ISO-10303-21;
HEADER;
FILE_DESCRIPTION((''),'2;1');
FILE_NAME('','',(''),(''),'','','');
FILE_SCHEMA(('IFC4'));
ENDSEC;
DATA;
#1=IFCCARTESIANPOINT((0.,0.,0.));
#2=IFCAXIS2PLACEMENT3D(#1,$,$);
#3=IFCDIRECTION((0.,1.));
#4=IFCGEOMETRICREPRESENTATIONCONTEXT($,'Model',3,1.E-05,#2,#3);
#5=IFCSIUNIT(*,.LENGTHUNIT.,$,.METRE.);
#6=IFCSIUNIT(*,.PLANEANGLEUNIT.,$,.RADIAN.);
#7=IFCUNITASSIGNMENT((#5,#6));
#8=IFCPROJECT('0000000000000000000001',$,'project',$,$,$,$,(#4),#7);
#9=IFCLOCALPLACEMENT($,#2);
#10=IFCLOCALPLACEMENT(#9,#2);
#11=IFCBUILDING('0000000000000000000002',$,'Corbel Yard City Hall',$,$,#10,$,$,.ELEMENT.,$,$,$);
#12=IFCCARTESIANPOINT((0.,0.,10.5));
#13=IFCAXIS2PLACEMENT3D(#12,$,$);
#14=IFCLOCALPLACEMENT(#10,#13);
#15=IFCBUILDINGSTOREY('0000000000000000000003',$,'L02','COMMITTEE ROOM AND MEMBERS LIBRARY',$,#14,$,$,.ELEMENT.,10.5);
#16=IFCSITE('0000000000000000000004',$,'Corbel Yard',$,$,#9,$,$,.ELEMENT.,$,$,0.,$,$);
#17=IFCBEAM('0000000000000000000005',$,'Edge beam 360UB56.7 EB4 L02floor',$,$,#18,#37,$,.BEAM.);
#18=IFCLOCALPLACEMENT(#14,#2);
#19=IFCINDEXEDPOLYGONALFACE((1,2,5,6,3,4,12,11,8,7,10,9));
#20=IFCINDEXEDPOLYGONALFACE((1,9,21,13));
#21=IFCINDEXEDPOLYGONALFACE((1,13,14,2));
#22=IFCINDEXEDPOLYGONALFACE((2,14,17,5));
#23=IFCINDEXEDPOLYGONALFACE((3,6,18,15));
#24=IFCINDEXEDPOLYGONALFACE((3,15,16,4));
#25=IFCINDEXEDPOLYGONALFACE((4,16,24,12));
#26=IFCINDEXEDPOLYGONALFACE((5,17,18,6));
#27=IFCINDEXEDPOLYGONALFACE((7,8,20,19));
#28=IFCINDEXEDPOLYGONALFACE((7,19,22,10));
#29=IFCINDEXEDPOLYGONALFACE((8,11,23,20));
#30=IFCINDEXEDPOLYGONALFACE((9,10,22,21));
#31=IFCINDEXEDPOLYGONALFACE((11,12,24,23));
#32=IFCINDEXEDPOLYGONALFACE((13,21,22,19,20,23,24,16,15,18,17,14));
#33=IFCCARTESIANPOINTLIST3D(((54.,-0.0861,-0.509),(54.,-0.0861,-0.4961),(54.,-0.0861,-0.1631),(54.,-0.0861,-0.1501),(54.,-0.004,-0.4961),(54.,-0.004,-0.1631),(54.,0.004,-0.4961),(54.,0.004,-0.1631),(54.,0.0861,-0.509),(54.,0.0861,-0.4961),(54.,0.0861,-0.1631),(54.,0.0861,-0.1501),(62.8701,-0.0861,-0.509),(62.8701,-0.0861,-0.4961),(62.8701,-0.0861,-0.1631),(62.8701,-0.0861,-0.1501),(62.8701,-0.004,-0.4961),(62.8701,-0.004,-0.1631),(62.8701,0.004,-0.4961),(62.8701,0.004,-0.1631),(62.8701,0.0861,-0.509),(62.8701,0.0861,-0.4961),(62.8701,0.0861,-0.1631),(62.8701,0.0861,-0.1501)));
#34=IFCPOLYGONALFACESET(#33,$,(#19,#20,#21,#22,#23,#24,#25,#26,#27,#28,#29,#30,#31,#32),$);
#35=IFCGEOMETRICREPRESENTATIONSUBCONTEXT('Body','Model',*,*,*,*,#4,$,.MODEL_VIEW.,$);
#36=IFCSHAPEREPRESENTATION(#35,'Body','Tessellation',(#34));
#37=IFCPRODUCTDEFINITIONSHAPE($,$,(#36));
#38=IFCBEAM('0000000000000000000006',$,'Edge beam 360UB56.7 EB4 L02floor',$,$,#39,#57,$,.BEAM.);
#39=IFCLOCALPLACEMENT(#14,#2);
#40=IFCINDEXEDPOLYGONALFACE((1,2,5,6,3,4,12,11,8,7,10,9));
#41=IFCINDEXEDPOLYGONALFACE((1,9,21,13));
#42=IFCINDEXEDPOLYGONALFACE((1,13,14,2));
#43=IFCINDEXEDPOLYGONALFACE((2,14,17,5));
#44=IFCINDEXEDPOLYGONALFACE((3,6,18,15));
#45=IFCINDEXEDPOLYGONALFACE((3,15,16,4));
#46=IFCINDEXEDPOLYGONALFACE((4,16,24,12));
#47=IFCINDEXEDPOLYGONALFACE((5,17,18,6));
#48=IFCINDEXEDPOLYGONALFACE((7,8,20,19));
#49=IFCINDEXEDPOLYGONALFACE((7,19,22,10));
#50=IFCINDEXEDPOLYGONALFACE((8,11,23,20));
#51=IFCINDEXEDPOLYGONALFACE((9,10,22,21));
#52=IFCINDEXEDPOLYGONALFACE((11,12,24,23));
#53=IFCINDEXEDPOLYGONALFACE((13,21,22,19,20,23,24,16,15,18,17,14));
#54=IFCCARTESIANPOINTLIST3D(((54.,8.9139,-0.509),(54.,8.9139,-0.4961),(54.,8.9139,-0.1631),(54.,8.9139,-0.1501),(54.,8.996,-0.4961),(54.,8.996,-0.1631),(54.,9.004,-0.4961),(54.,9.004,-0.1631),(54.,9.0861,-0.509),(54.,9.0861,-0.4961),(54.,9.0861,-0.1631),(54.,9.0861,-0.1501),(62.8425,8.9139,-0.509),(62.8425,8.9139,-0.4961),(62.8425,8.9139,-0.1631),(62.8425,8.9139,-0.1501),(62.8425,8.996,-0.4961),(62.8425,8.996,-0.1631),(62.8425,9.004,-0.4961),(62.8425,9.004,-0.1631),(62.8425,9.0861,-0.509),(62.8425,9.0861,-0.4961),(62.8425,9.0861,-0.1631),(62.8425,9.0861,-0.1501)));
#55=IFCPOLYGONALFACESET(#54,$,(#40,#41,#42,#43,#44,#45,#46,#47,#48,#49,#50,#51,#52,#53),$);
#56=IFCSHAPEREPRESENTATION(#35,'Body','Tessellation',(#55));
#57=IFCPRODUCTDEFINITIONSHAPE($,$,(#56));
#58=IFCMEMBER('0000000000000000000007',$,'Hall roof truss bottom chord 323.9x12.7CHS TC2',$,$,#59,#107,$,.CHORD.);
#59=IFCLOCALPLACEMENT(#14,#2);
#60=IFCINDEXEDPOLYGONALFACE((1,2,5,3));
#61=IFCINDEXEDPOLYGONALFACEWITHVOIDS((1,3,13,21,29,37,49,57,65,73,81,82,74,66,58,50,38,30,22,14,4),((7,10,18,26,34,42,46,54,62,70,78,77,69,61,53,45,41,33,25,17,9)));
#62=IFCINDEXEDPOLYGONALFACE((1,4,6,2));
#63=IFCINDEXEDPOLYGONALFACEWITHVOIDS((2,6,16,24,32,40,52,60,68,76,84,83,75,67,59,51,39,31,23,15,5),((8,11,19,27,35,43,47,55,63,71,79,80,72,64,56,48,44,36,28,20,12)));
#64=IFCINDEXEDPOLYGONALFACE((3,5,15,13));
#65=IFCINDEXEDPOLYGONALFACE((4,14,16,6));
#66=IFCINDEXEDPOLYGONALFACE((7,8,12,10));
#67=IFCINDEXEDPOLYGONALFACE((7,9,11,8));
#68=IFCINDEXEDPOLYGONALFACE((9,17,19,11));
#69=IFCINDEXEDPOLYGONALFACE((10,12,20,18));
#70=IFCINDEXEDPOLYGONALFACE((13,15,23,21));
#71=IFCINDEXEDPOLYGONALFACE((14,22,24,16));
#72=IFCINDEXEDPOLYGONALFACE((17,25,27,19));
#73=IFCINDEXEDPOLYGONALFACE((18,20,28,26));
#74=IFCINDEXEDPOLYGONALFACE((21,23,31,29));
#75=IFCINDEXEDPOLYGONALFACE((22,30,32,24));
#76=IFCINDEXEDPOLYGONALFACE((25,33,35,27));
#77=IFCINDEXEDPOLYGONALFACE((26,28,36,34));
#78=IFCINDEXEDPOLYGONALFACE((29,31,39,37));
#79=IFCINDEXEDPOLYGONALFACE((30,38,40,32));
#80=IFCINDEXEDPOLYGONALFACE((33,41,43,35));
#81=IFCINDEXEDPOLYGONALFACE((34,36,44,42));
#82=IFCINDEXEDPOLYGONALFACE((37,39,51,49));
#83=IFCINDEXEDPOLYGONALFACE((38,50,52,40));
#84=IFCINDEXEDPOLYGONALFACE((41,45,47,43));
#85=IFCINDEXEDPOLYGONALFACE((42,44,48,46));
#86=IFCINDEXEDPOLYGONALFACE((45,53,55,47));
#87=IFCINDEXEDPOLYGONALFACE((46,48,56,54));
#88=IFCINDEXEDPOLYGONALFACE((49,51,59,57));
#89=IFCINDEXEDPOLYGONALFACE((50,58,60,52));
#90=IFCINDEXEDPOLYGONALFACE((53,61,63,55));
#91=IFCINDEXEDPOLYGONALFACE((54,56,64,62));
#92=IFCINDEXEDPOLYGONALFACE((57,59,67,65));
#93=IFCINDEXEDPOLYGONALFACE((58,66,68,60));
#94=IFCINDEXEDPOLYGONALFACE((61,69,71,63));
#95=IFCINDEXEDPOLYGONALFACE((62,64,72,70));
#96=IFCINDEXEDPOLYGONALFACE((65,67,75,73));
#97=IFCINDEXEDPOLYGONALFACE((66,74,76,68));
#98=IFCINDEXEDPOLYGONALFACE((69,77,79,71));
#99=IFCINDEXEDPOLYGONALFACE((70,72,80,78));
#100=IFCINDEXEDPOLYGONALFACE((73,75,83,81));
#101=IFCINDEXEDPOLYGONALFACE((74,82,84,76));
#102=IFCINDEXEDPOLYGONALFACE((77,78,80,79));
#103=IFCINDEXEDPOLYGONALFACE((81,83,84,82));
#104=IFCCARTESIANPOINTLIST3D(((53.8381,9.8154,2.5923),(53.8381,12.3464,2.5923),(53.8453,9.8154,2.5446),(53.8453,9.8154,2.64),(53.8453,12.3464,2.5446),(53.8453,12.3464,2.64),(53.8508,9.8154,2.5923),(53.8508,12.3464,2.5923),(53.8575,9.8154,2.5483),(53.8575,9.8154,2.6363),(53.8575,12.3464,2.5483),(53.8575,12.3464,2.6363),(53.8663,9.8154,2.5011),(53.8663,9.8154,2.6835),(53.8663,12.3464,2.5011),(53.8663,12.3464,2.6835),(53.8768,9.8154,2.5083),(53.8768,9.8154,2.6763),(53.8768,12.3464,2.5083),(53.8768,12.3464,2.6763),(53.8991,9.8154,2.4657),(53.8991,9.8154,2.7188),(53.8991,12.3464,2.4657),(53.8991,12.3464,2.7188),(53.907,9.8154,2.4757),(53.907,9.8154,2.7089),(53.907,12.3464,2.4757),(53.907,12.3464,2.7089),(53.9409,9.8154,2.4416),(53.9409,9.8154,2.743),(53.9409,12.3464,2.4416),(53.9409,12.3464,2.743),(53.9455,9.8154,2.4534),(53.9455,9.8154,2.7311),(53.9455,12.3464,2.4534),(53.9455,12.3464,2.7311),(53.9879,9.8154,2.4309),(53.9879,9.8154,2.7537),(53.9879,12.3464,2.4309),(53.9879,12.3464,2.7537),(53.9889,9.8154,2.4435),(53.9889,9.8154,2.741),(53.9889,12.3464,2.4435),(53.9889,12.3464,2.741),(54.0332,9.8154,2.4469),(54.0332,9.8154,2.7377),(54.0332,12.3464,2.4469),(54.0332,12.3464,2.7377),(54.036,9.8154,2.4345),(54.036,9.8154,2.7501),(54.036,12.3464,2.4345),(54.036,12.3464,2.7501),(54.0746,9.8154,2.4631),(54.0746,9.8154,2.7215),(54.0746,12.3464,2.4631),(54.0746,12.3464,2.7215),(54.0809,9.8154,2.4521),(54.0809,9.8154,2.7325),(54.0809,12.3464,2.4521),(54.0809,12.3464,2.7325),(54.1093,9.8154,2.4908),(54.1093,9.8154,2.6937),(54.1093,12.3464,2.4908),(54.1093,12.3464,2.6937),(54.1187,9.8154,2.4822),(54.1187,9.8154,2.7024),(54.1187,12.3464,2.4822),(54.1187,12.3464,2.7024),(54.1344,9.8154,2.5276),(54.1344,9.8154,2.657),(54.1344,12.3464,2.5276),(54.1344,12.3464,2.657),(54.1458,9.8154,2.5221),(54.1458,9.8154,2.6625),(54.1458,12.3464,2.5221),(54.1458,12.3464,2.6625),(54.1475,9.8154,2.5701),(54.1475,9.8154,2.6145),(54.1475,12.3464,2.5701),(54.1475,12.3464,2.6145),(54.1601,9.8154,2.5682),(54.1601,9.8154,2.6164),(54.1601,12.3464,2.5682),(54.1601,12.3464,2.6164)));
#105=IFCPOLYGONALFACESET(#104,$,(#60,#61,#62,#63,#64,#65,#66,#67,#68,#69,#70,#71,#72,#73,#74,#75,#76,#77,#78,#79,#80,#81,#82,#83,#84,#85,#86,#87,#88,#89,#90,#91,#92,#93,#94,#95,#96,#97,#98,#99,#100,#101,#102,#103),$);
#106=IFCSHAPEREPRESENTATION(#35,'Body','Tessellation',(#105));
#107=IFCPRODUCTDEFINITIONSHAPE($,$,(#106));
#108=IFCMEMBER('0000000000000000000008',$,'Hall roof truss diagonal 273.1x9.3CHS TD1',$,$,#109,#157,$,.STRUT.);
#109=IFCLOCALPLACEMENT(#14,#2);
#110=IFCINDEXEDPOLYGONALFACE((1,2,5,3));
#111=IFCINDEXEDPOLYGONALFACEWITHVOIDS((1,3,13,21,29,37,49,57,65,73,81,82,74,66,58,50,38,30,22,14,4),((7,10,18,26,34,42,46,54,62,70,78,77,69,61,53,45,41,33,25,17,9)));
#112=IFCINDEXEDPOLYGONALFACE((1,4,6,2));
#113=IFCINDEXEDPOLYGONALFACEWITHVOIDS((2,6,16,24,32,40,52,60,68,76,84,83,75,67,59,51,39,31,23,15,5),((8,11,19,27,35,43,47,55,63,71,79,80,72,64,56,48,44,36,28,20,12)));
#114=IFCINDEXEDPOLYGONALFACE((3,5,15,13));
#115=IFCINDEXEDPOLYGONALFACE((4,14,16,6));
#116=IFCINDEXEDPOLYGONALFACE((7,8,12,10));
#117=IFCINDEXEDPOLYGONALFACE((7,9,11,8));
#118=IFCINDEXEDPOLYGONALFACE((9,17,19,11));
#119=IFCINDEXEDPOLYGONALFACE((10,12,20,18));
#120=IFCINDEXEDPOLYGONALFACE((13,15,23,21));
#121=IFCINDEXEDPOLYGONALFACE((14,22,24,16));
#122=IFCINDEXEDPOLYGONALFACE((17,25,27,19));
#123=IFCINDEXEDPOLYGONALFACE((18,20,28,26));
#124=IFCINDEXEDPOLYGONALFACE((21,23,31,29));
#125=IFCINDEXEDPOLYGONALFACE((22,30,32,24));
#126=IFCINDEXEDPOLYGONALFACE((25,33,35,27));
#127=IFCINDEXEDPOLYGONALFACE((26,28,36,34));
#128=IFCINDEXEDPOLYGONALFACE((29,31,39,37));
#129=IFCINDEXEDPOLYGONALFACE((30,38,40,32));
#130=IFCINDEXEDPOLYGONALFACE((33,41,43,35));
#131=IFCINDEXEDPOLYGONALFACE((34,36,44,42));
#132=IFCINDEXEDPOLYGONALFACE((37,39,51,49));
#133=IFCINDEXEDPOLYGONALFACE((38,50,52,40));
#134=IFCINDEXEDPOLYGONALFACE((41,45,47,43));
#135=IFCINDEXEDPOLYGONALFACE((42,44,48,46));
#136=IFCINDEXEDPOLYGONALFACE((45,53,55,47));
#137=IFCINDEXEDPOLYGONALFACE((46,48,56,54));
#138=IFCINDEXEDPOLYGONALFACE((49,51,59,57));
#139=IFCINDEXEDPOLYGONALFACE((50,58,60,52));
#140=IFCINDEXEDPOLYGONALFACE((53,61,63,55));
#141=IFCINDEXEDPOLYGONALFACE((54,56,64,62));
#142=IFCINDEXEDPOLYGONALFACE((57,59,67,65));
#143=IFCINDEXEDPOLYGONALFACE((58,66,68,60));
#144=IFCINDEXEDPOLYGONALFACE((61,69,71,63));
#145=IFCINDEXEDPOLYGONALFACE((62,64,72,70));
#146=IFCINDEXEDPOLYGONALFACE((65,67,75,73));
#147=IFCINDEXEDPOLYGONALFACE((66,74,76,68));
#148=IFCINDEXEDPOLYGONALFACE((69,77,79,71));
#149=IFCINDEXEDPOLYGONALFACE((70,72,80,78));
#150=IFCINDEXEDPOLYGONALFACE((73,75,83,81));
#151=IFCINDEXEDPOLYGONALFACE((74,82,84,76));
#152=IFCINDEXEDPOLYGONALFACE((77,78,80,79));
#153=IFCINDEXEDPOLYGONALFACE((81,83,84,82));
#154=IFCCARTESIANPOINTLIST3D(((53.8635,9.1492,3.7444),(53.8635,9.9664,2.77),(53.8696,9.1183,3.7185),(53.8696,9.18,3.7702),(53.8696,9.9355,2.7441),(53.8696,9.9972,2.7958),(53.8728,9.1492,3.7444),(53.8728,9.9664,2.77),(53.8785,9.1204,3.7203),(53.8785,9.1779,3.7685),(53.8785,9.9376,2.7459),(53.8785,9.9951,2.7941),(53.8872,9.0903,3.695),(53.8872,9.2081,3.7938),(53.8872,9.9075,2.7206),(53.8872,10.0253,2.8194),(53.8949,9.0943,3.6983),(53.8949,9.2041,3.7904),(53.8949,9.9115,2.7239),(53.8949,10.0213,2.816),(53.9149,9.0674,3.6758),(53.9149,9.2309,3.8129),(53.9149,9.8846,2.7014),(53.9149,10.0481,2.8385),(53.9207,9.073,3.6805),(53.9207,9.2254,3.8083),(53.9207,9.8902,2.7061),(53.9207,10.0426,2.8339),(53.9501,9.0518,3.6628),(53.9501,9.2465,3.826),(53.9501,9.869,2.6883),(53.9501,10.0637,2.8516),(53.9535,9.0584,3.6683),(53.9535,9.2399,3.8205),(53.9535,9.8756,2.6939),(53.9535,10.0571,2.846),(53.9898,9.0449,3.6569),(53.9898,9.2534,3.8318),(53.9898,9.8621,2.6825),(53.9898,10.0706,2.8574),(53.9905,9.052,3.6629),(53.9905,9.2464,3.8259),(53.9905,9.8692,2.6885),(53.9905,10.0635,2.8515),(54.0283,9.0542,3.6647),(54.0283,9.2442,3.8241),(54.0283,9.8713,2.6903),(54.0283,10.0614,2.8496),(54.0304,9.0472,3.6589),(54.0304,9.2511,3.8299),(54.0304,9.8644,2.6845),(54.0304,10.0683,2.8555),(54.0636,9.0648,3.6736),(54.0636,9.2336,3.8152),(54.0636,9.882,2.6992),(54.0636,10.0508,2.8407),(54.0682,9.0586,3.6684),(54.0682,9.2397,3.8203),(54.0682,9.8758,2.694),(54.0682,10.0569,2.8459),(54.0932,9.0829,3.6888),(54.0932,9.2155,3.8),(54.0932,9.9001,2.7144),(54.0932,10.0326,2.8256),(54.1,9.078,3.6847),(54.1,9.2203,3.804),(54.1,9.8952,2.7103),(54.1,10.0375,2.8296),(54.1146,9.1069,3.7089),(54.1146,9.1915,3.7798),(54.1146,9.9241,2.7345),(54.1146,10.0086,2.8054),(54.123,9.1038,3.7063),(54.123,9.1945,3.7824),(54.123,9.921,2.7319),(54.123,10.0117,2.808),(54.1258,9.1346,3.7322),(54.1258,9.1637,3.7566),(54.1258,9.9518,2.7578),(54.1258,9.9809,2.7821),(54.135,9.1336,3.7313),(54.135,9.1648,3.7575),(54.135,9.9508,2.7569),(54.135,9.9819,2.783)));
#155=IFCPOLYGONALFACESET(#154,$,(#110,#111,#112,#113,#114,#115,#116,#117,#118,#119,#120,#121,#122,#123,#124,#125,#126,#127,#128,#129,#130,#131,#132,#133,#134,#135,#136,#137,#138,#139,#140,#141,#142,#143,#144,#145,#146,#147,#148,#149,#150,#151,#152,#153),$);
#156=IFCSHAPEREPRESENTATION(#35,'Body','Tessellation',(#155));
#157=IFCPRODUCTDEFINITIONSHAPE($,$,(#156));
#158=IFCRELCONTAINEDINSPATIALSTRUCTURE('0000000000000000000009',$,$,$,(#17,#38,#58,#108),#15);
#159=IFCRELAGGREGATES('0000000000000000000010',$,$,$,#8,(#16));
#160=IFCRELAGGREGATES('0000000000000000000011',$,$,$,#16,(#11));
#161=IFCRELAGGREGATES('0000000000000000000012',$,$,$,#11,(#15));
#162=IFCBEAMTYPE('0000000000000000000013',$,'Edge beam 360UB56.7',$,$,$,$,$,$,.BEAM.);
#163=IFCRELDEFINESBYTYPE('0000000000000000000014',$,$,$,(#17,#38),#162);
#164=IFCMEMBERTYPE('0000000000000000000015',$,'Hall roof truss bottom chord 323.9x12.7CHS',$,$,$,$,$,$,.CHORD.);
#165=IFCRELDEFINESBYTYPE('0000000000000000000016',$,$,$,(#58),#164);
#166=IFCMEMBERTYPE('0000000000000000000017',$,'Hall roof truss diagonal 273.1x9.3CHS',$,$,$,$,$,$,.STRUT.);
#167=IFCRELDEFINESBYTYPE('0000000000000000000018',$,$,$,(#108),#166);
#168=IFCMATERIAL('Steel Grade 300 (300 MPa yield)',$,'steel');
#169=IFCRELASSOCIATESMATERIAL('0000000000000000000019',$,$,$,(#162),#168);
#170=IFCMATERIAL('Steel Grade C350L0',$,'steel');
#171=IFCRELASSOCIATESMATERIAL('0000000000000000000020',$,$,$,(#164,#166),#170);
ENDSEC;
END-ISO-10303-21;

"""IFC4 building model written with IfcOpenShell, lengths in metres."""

from ifc_helpers import new_model, si_unit, direction, frame, origin, origin_2d, place, context, subcontext, project, spatial, hollow_circle, i_section, extrude, material, material_profile, profile_set, type_object, element, save


model = new_model("IFC4")

# Units and contexts
model_context = context("Model", 3, precision=1e-05, world=origin(), true_north=direction((0.0, 1.0)))
body_context = subcontext(model_context, "Body", "Model", "MODEL_VIEW")
ifc_project = project(units=[si_unit("LENGTHUNIT", "METRE"), si_unit("PLANEANGLEUNIT", "RADIAN")], contexts=[model_context])

# Site, building, storey
site_placement = place(None, origin())
site = spatial("IfcSite", under=ifc_project, at=site_placement, Name="Corbel Yard", CompositionType="ELEMENT", RefElevation=0.0)
building_placement = place(site_placement, origin())
building = spatial("IfcBuilding", under=site, at=building_placement, Name="Corbel Yard City Hall", CompositionType="ELEMENT")
storey_placement = place(building_placement, frame((0.0, 0.0, 10.5)))
storey = spatial("IfcBuildingStorey", under=building, at=storey_placement, Name="L02", Description="COMMITTEE ROOM AND MEMBERS LIBRARY", CompositionType="ELEMENT", Elevation=10.5)

# Beams
ifc_material_1 = material(Name="Steel Grade 300 (300 MPa yield)", Category="steel")
ifc_material_profile_1 = material_profile(ifc_material_1, i_section(OverallWidth=0.1721, OverallDepth=0.3589, WebThickness=0.0081, FlangeThickness=0.0129, at=origin_2d()), Name="360UB56.7")
ifc_profile_set_1 = profile_set([ifc_material_profile_1], Name="Steel Grade 300 (300 MPa yield)")
beam_type = type_object("IfcBeamType", Name="Edge beam 360UB56.7", PredefinedType="BEAM", material=ifc_profile_set_1)
beam_1_placement = place(storey_placement, frame((54.0, 0.0, -0.3296), z_axis=(1.0, 0.0, 0.0), x_axis=(0.0, 1.0, 0.0)))
element("IfcBeam", 1, at=beam_1_placement, inside=storey, type_object=beam_type, Name="Edge beam 360UB56.7 EB4 L02floor", PredefinedType="BEAM", context=body_context, shape_type="SweptSolid", body=[
    extrude(i_section(OverallWidth=0.1721, OverallDepth=0.3589, WebThickness=0.0081, FlangeThickness=0.0129, at=origin_2d()), origin(), (0.0, 0.0, 1.0), 8.8701),
])
beam_2_placement = place(storey_placement, frame((54.0, 9.0, -0.3296), z_axis=(1.0, 0.0, 0.0), x_axis=(0.0, 1.0, 0.0)))
element("IfcBeam", 2, at=beam_2_placement, inside=storey, type_object=beam_type, Name="Edge beam 360UB56.7 EB4 L02floor", PredefinedType="BEAM", context=body_context, shape_type="SweptSolid", body=[
    extrude(i_section(OverallWidth=0.1721, OverallDepth=0.3589, WebThickness=0.0081, FlangeThickness=0.0129, at=origin_2d()), origin(), (0.0, 0.0, 1.0), 8.8425),
])

# Members
ifc_material_2 = material(Name="Steel Grade C350L0", Category="steel")
ifc_material_profile_2 = material_profile(ifc_material_2, hollow_circle(Radius=0.1619, WallThickness=0.0127, at=origin_2d()), Name="323.9x12.7CHS")
ifc_profile_set_2 = profile_set([ifc_material_profile_2], Name="Steel Grade C350L0")
member_type_1 = type_object("IfcMemberType", Name="Hall roof truss bottom chord 323.9x12.7CHS", PredefinedType="CHORD", material=ifc_profile_set_2)
member_1_placement = place(storey_placement, frame((54.0, 9.8154, 2.5923), z_axis=(0.0, 1.0, 0.0), x_axis=(-1.0, 0.0, 0.0)))
element("IfcMember", 3, at=member_1_placement, inside=storey, type_object=member_type_1, Name="Hall roof truss bottom chord 323.9x12.7CHS TC2", PredefinedType="CHORD", context=body_context, shape_type="SweptSolid", body=[
    extrude(hollow_circle(Radius=0.1619, WallThickness=0.0127, at=origin_2d()), origin(), (0.0, 0.0, 1.0), 2.531),
])
ifc_material_profile_3 = material_profile(ifc_material_2, hollow_circle(Radius=0.1365, WallThickness=0.0093, at=origin_2d()), Name="273.1x9.3CHS")
ifc_profile_set_3 = profile_set([ifc_material_profile_3], Name="Steel Grade C350L0")
member_type_2 = type_object("IfcMemberType", Name="Hall roof truss diagonal 273.1x9.3CHS", PredefinedType="STRUT", material=ifc_profile_set_3)
for number, where, z_axis, x_axis, name in (
    (4, (54.0, 9.1492, 3.7444), (0.0, 0.64258, -0.766219), (-1.0, 0.0, 0.0), "Hall roof truss diagonal 273.1x9.3CHS TD1"),
):
    element("IfcMember", number, at=place(storey_placement, frame(where, z_axis=z_axis, x_axis=x_axis)), inside=storey, type_object=member_type_2, Name=name, PredefinedType="STRUT", context=body_context, shape_type="SweptSolid", body=[
        extrude(hollow_circle(Radius=0.1365, WallThickness=0.0093, at=origin_2d()), origin(), (0.0, 0.0, 1.0), 1.2717),
    ])

save(model, "model.ifc")
